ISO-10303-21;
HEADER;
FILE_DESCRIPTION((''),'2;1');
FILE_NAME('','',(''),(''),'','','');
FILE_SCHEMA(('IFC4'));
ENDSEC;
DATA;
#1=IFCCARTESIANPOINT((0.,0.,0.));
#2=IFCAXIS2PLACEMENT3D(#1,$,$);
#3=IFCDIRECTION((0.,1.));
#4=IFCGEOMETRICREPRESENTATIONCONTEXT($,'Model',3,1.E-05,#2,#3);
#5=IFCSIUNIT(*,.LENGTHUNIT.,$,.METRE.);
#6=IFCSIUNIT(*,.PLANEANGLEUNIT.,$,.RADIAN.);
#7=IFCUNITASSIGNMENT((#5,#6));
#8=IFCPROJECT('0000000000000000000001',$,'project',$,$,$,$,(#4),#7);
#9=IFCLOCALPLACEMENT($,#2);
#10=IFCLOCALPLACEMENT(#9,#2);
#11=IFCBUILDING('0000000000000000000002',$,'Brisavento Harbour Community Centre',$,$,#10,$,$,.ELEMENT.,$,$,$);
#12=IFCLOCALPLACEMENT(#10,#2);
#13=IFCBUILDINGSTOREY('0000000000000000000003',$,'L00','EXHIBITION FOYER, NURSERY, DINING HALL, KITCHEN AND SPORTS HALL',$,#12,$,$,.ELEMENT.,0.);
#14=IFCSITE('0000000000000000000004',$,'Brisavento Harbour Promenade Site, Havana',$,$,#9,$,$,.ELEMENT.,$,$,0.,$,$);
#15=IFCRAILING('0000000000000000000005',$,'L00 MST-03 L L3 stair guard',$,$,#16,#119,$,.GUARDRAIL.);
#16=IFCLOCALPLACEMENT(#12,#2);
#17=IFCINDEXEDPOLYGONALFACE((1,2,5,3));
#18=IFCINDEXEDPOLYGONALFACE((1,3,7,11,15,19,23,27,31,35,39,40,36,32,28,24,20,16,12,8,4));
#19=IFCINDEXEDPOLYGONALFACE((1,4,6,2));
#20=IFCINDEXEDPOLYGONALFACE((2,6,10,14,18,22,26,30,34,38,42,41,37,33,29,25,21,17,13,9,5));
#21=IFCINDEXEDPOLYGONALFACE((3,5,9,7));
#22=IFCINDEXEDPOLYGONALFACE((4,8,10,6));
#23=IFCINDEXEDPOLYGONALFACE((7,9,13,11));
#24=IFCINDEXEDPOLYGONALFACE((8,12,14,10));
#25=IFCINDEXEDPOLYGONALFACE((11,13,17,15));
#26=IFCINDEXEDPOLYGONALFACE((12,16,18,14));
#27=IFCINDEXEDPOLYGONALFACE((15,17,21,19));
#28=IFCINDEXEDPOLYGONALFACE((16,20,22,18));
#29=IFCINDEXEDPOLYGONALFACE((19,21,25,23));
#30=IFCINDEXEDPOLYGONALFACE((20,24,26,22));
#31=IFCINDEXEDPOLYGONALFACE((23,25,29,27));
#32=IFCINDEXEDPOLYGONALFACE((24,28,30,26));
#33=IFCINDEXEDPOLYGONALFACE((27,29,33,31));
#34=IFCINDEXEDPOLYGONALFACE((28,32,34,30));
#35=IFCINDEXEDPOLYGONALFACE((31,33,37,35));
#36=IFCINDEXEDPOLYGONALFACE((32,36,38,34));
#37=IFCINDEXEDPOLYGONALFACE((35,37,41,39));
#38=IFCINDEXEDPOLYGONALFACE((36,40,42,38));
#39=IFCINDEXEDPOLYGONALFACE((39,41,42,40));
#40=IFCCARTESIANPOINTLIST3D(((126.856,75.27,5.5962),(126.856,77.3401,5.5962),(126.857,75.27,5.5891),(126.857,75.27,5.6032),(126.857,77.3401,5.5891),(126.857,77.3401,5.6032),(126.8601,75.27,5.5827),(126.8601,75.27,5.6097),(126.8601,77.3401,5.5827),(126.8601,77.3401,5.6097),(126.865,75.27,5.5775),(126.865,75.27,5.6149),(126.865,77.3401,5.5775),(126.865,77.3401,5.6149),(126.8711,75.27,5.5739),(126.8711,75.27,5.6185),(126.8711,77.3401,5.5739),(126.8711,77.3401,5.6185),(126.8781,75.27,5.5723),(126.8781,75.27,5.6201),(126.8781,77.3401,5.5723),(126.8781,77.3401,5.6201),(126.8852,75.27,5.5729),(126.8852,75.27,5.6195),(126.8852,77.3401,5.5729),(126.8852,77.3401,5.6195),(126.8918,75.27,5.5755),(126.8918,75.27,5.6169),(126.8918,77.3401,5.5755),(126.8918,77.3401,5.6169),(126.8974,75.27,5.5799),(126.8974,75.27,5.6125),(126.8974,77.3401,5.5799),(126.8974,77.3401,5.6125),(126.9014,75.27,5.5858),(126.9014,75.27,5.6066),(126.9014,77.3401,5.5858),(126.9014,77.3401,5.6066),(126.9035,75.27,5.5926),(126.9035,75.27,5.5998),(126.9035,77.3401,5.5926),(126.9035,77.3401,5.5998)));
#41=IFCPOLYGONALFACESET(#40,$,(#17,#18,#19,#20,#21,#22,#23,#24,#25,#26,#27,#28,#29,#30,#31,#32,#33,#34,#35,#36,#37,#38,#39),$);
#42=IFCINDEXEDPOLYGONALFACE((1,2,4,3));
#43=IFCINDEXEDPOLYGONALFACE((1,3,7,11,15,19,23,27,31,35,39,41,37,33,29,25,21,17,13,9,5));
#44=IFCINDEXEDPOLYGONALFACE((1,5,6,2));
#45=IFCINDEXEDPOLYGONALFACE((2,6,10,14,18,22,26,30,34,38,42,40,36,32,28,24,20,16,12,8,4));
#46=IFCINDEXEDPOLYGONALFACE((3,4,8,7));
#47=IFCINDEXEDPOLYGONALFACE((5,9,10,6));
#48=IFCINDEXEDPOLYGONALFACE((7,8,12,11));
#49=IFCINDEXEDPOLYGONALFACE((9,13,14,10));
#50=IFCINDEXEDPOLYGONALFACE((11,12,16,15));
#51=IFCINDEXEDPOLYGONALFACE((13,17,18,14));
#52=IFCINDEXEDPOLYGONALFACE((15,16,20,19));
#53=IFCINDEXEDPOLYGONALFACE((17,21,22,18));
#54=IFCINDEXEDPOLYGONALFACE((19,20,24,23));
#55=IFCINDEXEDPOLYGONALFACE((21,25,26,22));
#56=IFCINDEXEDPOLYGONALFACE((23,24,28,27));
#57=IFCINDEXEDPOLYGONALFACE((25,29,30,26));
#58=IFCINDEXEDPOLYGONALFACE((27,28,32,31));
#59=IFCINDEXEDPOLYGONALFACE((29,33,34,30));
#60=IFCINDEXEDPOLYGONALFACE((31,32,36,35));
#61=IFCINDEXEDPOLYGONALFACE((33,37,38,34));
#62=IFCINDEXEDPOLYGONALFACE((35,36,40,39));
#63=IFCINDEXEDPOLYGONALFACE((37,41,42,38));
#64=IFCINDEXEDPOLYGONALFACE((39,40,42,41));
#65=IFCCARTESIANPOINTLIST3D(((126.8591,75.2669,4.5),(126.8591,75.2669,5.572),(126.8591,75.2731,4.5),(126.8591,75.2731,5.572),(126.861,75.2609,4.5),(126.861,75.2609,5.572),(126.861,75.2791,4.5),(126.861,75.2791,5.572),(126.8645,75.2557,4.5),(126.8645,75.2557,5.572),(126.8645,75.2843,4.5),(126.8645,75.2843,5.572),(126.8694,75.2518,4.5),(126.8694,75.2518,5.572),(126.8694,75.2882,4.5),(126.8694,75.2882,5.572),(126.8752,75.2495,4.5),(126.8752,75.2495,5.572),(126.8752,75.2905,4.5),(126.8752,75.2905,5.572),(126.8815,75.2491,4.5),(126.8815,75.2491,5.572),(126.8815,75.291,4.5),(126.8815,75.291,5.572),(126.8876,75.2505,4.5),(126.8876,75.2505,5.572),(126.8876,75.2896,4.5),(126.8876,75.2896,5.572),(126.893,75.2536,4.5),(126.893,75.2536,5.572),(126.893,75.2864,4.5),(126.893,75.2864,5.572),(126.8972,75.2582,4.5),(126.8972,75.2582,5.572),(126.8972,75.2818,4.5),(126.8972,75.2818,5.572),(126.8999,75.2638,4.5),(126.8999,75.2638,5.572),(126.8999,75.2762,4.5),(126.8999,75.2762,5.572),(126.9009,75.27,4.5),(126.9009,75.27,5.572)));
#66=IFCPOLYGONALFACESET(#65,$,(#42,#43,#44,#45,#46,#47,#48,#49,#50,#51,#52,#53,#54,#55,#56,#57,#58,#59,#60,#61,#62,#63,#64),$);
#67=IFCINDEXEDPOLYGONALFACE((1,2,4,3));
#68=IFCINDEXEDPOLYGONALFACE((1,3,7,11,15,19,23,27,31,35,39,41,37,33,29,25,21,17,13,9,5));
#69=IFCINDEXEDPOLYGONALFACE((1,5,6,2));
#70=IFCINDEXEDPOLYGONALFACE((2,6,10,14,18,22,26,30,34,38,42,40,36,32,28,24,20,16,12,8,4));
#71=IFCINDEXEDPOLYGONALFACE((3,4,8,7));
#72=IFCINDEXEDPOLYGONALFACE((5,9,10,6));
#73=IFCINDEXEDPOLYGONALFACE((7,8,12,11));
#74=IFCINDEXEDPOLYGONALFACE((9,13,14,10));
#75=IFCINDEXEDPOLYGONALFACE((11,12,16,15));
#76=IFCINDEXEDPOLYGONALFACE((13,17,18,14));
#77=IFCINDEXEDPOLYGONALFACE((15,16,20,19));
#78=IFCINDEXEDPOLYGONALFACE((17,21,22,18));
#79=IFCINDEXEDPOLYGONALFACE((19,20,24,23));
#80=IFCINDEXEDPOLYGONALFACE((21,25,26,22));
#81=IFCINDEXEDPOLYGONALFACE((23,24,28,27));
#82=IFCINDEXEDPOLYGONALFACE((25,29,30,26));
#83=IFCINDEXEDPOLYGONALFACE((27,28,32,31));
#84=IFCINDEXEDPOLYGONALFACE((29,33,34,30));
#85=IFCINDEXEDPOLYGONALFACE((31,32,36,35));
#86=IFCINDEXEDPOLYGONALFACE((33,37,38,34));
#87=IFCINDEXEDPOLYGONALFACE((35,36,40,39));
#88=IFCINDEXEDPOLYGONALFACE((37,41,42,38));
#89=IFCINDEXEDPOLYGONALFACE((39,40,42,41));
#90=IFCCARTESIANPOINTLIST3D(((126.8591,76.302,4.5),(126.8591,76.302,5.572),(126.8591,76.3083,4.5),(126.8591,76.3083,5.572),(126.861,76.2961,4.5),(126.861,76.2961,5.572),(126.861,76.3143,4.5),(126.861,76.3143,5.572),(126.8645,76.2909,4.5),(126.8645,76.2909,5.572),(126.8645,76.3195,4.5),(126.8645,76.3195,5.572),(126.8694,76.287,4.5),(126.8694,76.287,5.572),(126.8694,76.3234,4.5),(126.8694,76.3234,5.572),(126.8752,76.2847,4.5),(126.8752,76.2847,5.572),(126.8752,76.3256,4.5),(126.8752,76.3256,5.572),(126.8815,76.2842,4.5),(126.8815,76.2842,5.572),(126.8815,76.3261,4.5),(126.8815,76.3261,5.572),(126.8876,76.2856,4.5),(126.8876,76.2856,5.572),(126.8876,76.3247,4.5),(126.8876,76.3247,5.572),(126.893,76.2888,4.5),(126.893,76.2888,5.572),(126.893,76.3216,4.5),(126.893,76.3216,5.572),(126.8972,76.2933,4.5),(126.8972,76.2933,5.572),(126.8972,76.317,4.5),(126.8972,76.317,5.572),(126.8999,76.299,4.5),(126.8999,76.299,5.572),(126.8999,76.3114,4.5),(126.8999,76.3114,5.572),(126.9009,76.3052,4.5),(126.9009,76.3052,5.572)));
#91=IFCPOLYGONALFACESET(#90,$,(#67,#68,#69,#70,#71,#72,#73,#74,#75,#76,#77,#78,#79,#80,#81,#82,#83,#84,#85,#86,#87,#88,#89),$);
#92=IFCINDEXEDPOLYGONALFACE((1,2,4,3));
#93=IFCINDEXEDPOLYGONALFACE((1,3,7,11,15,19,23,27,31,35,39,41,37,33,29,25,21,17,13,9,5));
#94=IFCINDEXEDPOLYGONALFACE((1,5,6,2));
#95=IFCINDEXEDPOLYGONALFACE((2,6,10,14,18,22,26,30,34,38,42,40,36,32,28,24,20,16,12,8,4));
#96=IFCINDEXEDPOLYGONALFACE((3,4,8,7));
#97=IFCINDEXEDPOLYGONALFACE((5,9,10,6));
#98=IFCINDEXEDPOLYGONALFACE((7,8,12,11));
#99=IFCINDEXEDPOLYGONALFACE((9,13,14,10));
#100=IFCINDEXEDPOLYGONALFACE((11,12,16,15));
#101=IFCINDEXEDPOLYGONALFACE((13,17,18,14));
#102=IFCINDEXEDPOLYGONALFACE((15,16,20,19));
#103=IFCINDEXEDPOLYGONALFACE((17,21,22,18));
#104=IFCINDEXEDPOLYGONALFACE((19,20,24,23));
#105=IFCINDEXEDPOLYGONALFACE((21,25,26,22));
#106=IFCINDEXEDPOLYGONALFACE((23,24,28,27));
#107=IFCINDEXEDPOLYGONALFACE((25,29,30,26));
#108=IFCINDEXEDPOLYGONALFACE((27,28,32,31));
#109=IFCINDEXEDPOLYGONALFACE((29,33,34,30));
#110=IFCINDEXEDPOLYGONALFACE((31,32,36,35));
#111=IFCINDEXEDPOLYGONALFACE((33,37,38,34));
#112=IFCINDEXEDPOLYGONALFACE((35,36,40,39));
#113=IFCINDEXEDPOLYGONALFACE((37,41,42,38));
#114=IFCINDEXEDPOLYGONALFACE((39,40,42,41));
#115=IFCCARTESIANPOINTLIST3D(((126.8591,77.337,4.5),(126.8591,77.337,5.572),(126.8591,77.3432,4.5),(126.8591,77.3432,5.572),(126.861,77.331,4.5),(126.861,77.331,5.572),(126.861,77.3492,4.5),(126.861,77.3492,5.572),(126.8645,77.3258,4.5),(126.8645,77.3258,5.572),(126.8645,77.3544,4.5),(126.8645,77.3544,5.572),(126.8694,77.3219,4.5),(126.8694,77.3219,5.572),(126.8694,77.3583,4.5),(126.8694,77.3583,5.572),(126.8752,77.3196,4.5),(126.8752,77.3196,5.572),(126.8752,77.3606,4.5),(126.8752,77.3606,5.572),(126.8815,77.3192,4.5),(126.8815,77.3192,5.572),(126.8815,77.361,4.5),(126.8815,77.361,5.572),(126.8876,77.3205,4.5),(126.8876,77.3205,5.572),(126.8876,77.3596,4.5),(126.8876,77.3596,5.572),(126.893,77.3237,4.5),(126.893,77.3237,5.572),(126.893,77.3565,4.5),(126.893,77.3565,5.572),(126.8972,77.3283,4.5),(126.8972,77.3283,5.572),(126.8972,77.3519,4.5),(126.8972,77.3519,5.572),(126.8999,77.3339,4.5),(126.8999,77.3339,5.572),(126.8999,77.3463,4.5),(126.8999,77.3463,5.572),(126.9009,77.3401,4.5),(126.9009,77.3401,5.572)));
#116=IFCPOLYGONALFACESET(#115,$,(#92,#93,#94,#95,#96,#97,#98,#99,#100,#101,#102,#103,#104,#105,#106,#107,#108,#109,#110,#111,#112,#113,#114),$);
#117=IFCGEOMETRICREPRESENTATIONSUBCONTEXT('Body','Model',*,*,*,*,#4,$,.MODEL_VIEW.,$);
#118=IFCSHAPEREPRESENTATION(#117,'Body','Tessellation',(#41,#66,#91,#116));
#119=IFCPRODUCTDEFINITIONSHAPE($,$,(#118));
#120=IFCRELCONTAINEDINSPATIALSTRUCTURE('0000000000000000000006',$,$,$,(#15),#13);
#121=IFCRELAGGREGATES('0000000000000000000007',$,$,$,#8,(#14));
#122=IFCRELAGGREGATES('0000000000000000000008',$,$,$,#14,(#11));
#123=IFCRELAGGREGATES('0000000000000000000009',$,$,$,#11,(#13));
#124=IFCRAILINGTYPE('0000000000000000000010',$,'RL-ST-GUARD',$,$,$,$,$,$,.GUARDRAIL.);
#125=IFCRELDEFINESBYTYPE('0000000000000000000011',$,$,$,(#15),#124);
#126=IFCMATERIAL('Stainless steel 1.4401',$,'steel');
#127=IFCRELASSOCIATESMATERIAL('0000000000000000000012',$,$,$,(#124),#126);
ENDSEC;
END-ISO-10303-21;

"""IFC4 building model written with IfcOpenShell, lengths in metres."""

from ifc_helpers import new_model, si_unit, direction, frame, origin, origin_2d, place, context, subcontext, project, spatial, circle, extrude, material, type_object, element, save


model = new_model("IFC4")

# Units and contexts
model_context = context("Model", 3, precision=1e-05, world=origin(), true_north=direction((0.0, 1.0)))
body_context = subcontext(model_context, "Body", "Model", "MODEL_VIEW")
ifc_project = project(units=[si_unit("LENGTHUNIT", "METRE"), si_unit("PLANEANGLEUNIT", "RADIAN")], contexts=[model_context])

# Site, building, storey
site_placement = place(None, origin())
site = spatial("IfcSite", under=ifc_project, at=site_placement, Name="Brisavento Harbour Promenade Site, Havana", CompositionType="ELEMENT", RefElevation=0.0)
building_placement = place(site_placement, origin())
building = spatial("IfcBuilding", under=site, at=building_placement, Name="Brisavento Harbour Community Centre", CompositionType="ELEMENT")
storey_placement = place(building_placement, origin())
storey = spatial("IfcBuildingStorey", under=building, at=storey_placement, Name="L00", Description="EXHIBITION FOYER, NURSERY, DINING HALL, KITCHEN AND SPORTS HALL", CompositionType="ELEMENT", Elevation=0.0)

# Railing
ifc_material_1 = material(Name="Stainless steel 1.4401", Category="steel")
railing_type = type_object("IfcRailingType", Name="RL-ST-GUARD", PredefinedType="GUARDRAIL", material=ifc_material_1)
railing_1_placement = place(storey_placement, frame((126.8799, 75.27, 4.5)))
element("IfcRailing", 1, at=railing_1_placement, inside=storey, type_object=railing_type, Name="L00 MST-03 L L3 stair guard", PredefinedType="GUARDRAIL", context=body_context, shape_type="SweptSolid", body=[
    extrude(circle(Radius=0.0239, at=origin_2d()), frame((0.0, 0.0, 1.0962), z_axis=(0.0, 1.0, 0.0), x_axis=(-1.0, 0.0, 0.0)), (0.0, 0.0, 1.0), 2.0701),
    extrude(circle(Radius=0.021, at=origin_2d()), origin(), (0.0, 0.0, 1.0), 1.072),
    extrude(circle(Radius=0.021, at=origin_2d()), frame((0.0, 1.0352, 0.0)), (0.0, 0.0, 1.0), 1.072),
    extrude(circle(Radius=0.021, at=origin_2d()), frame((0.0, 2.0701, 0.0)), (0.0, 0.0, 1.0), 1.072),
])

save(model, "model.ifc")
